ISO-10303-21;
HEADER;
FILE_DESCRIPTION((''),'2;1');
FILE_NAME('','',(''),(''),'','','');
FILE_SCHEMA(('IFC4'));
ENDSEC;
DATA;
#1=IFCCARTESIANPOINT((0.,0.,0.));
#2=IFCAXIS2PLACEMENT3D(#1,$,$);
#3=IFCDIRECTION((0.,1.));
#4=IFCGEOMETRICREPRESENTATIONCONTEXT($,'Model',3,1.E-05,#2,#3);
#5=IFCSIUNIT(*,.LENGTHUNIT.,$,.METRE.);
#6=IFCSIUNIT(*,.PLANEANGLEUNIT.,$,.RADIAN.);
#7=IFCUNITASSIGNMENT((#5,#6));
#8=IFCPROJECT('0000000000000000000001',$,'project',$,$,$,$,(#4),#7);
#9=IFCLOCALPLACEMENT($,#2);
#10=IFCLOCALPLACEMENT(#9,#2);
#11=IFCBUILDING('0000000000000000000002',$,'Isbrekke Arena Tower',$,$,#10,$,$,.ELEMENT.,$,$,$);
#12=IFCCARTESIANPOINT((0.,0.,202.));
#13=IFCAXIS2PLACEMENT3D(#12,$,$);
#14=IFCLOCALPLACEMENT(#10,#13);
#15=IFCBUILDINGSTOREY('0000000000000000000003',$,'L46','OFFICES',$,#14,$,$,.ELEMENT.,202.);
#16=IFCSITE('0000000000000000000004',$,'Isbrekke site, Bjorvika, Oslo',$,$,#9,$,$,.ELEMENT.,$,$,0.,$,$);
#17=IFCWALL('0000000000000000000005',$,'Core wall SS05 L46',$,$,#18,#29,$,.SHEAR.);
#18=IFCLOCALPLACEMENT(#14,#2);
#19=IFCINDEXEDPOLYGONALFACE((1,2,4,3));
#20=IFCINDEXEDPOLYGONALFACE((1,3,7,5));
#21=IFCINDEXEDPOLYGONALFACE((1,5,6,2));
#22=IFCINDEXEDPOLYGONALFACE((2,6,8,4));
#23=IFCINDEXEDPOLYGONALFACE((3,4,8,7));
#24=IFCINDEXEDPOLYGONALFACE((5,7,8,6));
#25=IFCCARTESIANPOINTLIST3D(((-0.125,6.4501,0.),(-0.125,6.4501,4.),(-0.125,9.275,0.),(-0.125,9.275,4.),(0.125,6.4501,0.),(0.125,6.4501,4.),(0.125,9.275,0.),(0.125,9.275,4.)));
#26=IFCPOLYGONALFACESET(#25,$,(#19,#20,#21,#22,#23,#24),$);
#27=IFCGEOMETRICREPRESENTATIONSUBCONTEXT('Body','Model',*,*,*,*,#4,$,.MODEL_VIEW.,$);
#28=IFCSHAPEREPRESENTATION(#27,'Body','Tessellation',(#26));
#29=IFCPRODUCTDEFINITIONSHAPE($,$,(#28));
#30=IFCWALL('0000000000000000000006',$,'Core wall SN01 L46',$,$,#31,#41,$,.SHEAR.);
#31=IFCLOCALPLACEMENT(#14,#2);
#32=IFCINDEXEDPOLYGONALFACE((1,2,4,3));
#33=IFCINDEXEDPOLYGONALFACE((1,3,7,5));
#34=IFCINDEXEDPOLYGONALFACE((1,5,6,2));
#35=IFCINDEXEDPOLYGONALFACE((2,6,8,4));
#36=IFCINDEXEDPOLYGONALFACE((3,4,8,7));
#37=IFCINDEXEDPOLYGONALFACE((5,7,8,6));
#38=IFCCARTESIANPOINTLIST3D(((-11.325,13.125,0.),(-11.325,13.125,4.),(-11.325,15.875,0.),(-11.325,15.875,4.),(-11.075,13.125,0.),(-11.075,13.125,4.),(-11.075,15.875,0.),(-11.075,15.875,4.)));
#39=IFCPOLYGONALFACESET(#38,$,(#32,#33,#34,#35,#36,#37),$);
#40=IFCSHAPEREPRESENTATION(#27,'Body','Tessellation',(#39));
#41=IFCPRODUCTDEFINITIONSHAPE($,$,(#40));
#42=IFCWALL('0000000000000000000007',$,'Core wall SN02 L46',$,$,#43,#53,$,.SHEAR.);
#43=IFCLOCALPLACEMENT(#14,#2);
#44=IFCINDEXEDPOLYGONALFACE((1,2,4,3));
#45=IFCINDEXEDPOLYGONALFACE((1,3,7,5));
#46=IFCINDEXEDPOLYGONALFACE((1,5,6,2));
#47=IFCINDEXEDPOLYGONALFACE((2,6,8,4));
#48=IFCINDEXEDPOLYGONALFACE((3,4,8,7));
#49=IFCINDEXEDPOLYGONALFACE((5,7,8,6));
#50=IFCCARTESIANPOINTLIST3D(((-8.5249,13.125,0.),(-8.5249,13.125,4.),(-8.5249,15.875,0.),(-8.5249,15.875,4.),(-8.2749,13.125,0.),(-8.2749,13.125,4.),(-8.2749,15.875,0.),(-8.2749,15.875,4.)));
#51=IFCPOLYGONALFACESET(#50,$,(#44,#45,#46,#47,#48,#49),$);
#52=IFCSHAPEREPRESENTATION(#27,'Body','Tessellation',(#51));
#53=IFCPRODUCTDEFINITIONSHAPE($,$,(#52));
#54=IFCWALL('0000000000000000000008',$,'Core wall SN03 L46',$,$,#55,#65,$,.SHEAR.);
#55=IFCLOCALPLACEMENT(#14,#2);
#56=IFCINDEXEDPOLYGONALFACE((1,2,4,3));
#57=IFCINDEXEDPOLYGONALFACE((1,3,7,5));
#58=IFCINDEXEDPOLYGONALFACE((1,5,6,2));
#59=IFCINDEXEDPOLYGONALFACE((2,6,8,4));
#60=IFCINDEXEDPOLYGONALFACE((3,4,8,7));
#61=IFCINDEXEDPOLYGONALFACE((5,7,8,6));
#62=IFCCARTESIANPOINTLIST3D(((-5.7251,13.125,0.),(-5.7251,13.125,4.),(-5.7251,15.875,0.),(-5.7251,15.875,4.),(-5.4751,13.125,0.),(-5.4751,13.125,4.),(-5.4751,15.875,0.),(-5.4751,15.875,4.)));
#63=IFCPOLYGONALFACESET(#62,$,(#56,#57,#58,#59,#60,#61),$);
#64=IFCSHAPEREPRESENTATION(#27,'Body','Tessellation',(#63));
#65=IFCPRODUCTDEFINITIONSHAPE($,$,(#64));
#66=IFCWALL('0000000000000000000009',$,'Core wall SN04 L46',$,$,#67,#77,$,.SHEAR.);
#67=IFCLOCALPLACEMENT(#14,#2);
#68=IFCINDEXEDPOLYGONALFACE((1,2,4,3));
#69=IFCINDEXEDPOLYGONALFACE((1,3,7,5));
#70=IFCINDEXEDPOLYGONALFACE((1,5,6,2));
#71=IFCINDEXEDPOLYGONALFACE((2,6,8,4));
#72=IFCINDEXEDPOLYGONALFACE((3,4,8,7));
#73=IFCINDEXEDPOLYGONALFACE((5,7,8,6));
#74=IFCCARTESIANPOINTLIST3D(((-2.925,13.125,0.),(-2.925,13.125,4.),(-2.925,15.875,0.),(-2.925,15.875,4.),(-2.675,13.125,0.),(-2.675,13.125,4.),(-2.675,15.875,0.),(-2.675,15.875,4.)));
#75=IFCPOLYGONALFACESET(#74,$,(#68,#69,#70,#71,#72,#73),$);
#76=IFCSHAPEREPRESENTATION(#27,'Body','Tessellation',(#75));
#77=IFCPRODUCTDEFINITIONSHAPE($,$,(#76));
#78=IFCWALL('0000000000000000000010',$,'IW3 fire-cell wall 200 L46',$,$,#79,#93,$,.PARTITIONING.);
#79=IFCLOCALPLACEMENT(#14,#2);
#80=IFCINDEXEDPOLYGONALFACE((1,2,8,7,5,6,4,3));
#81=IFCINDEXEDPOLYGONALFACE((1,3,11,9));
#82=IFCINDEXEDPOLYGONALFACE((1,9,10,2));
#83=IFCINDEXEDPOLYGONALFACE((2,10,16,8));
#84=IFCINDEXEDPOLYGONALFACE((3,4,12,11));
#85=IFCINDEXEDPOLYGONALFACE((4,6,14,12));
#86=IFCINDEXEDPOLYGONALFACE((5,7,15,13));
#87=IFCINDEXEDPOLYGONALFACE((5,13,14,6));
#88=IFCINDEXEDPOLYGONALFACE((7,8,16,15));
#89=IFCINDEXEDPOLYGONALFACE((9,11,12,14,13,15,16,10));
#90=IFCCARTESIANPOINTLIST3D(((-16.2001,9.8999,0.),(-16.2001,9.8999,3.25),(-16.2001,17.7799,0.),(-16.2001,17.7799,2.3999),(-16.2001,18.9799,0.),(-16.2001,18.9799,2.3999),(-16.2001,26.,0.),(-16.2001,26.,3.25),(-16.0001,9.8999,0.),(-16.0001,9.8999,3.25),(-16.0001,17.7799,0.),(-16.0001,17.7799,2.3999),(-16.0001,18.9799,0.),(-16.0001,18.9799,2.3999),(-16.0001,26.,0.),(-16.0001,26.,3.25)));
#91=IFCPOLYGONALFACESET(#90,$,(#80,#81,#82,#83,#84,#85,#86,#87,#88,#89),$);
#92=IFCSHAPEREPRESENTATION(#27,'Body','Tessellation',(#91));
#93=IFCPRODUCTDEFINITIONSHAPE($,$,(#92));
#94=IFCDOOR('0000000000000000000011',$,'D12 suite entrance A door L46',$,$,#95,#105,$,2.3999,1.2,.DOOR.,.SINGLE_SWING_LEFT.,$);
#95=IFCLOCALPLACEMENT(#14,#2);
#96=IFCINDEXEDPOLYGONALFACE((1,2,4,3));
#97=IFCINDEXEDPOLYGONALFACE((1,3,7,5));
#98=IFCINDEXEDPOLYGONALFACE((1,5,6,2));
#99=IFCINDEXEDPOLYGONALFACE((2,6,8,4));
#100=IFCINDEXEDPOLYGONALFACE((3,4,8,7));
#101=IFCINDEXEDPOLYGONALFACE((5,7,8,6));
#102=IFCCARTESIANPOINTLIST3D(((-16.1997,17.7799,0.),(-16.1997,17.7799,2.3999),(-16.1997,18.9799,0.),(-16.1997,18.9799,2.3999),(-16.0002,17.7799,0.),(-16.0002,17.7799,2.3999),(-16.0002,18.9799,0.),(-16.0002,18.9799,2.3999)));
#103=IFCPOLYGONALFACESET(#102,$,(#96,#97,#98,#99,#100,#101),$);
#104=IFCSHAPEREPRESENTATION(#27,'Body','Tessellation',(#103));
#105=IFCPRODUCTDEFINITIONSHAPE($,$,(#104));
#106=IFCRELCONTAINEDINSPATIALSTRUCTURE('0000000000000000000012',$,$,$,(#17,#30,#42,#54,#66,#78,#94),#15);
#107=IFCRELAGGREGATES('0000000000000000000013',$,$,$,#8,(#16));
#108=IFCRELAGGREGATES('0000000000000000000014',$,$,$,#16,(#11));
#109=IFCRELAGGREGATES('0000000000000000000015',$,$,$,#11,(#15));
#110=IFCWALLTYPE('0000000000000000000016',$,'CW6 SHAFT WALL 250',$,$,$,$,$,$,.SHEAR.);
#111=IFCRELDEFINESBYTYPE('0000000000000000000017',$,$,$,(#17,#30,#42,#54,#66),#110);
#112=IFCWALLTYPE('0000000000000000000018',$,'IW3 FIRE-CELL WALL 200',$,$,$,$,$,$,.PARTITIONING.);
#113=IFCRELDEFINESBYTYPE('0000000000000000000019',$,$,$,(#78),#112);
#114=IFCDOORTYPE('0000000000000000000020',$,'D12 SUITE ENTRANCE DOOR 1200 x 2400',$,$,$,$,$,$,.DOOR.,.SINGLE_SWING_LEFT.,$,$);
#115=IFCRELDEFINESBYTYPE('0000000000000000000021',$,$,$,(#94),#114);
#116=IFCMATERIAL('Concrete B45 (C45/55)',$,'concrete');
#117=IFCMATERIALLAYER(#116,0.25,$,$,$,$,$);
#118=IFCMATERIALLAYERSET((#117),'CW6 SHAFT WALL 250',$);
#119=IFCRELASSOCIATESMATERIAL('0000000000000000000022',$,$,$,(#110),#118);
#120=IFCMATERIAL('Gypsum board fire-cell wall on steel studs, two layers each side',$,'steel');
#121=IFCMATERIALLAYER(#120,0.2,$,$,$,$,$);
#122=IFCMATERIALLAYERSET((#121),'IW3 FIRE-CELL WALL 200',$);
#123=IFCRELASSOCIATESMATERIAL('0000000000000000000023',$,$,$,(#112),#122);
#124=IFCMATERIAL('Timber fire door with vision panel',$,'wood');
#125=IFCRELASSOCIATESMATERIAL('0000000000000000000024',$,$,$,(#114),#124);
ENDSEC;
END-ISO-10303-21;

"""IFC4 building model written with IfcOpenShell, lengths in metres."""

from ifc_helpers import new_model, si_unit, direction, frame, frame_2d, origin, place, context, subcontext, project, spatial, rectangle, extrude, material, layer, layer_set, type_object, element, fill, save


model = new_model("IFC4")

# Units and contexts
model_context = context("Model", 3, precision=1e-05, world=origin(), true_north=direction((0.0, 1.0)))
body_context = subcontext(model_context, "Body", "Model", "MODEL_VIEW")
ifc_project = project(units=[si_unit("LENGTHUNIT", "METRE"), si_unit("PLANEANGLEUNIT", "RADIAN")], contexts=[model_context])

# Site, building, storey
site_placement = place(None, origin())
site = spatial("IfcSite", under=ifc_project, at=site_placement, Name="Isbrekke site, Bjorvika, Oslo", CompositionType="ELEMENT", RefElevation=0.0)
building_placement = place(site_placement, origin())
building = spatial("IfcBuilding", under=site, at=building_placement, Name="Isbrekke Arena Tower", CompositionType="ELEMENT")
storey_placement = place(building_placement, frame((0.0, 0.0, 202.0)))
storey = spatial("IfcBuildingStorey", under=building, at=storey_placement, Name="L46", Description="OFFICES", CompositionType="ELEMENT", Elevation=202.0)

# Shared definitions
ifc_material_1 = material(Name="Concrete B45 (C45/55)", Category="concrete")
ifc_layer_1 = layer(ifc_material_1, 0.25)
ifc_layer_set_1 = layer_set([ifc_layer_1], Name="CW6 SHAFT WALL 250")
wall_type_1 = type_object("IfcWallType", Name="CW6 SHAFT WALL 250", PredefinedType="SHEAR", material=ifc_layer_set_1)

# Walls
for number, where, z_axis, x_axis, name in (
    (1, (0.0, 6.45, 0.0), (0.0, 0.0, 1.0), (0.0, 1.0, 0.0), "Core wall SS05 L46"),
):
    element("IfcWall", number, at=place(storey_placement, frame(where, z_axis=z_axis, x_axis=x_axis)), inside=storey, type_object=wall_type_1, Name=name, PredefinedType="SHEAR", context=body_context, shape_type="SweptSolid", body=[
        extrude(rectangle(XDim=2.825, YDim=0.25, at=frame_2d((1.4126, 0.0))), origin(), (0.0, 0.0, 1.0), 4.0),
    ])
for number, where, z_axis, x_axis, name in (
    (2, (-11.2, 13.125, 0.0), (0.0, 0.0, 1.0), (0.0, 1.0, 0.0), "Core wall SN01 L46"),
    (3, (-8.3999, 13.125, 0.0), (0.0, 0.0, 1.0), (0.0, 1.0, 0.0), "Core wall SN02 L46"),
    (4, (-5.6001, 13.125, 0.0), (0.0, 0.0, 1.0), (0.0, 1.0, 0.0), "Core wall SN03 L46"),
    (5, (-2.8, 13.125, 0.0), (0.0, 0.0, 1.0), (0.0, 1.0, 0.0), "Core wall SN04 L46"),
):
    element("IfcWall", number, at=place(storey_placement, frame(where, z_axis=z_axis, x_axis=x_axis)), inside=storey, type_object=wall_type_1, Name=name, PredefinedType="SHEAR", context=body_context, shape_type="SweptSolid", body=[
        extrude(rectangle(XDim=2.75, YDim=0.25, at=frame_2d((1.375, 0.0))), origin(), (0.0, 0.0, 1.0), 4.0),
    ])

# Wall, opening, door
ifc_material_2 = material(Name="Gypsum board fire-cell wall on steel studs, two layers each side", Category="steel")
ifc_layer_2 = layer(ifc_material_2, 0.2)
ifc_layer_set_2 = layer_set([ifc_layer_2], Name="IW3 FIRE-CELL WALL 200")
wall_type_2 = type_object("IfcWallType", Name="IW3 FIRE-CELL WALL 200", PredefinedType="PARTITIONING", material=ifc_layer_set_2)
wall_1_placement = place(storey_placement, frame((-16.1001, 9.8999, 0.0), z_axis=(0.0, 0.0, 1.0), x_axis=(0.0, 1.0, 0.0)))
wall_1 = element("IfcWall", 6, at=wall_1_placement, inside=storey, type_object=wall_type_2, Name="IW3 fire-cell wall 200 L46", PredefinedType="PARTITIONING", context=body_context, shape_type="SweptSolid", body=[
    extrude(rectangle(XDim=16.1001, YDim=0.2, at=frame_2d((8.05, 0.0))), origin(), (0.0, 0.0, 1.0), 3.25),
])
opening_1_placement = place(wall_1_placement, frame((7.8799, 0.0, 0.0)))
opening_1 = element("IfcOpeningElement", 7, at=opening_1_placement, cuts=wall_1, PredefinedType="OPENING", context=body_context, shape_type="SweptSolid", body=[
    extrude(rectangle(XDim=1.2, YDim=2.3999, at=frame_2d((0.6001, 1.2))), frame((0.0, 0.1147, 0.0), z_axis=(0.0, -1.0, 0.0), x_axis=(1.0, 0.0, 0.0)), (0.0, 0.0, 1.0), 0.2297),
])
ifc_material_3 = material(Name="Timber fire door with vision panel", Category="wood")
door_type_1 = type_object("IfcDoorType", Name="D12 SUITE ENTRANCE DOOR 1200 x 2400", OperationType="SINGLE_SWING_LEFT", PredefinedType="DOOR", material=ifc_material_3)
door_1_placement = place(opening_1_placement, origin())
door_1 = element("IfcDoor", 8, at=door_1_placement, inside=storey, type_object=door_type_1, Name="D12 suite entrance A door L46", OperationType="SINGLE_SWING_LEFT", OverallHeight=2.3999, OverallWidth=1.2, PredefinedType="DOOR", context=body_context, shape_type="SweptSolid", body=[
    extrude(rectangle(XDim=1.2, YDim=2.3999, at=frame_2d((0.6001, 1.2))), frame((0.0, 0.0996, 0.0), z_axis=(0.0, -1.0, 0.0), x_axis=(1.0, 0.0, 0.0)), (0.0, 0.0, 1.0), 0.1995),
])
fill(opening_1, door_1)

save(model, "model.ifc")
